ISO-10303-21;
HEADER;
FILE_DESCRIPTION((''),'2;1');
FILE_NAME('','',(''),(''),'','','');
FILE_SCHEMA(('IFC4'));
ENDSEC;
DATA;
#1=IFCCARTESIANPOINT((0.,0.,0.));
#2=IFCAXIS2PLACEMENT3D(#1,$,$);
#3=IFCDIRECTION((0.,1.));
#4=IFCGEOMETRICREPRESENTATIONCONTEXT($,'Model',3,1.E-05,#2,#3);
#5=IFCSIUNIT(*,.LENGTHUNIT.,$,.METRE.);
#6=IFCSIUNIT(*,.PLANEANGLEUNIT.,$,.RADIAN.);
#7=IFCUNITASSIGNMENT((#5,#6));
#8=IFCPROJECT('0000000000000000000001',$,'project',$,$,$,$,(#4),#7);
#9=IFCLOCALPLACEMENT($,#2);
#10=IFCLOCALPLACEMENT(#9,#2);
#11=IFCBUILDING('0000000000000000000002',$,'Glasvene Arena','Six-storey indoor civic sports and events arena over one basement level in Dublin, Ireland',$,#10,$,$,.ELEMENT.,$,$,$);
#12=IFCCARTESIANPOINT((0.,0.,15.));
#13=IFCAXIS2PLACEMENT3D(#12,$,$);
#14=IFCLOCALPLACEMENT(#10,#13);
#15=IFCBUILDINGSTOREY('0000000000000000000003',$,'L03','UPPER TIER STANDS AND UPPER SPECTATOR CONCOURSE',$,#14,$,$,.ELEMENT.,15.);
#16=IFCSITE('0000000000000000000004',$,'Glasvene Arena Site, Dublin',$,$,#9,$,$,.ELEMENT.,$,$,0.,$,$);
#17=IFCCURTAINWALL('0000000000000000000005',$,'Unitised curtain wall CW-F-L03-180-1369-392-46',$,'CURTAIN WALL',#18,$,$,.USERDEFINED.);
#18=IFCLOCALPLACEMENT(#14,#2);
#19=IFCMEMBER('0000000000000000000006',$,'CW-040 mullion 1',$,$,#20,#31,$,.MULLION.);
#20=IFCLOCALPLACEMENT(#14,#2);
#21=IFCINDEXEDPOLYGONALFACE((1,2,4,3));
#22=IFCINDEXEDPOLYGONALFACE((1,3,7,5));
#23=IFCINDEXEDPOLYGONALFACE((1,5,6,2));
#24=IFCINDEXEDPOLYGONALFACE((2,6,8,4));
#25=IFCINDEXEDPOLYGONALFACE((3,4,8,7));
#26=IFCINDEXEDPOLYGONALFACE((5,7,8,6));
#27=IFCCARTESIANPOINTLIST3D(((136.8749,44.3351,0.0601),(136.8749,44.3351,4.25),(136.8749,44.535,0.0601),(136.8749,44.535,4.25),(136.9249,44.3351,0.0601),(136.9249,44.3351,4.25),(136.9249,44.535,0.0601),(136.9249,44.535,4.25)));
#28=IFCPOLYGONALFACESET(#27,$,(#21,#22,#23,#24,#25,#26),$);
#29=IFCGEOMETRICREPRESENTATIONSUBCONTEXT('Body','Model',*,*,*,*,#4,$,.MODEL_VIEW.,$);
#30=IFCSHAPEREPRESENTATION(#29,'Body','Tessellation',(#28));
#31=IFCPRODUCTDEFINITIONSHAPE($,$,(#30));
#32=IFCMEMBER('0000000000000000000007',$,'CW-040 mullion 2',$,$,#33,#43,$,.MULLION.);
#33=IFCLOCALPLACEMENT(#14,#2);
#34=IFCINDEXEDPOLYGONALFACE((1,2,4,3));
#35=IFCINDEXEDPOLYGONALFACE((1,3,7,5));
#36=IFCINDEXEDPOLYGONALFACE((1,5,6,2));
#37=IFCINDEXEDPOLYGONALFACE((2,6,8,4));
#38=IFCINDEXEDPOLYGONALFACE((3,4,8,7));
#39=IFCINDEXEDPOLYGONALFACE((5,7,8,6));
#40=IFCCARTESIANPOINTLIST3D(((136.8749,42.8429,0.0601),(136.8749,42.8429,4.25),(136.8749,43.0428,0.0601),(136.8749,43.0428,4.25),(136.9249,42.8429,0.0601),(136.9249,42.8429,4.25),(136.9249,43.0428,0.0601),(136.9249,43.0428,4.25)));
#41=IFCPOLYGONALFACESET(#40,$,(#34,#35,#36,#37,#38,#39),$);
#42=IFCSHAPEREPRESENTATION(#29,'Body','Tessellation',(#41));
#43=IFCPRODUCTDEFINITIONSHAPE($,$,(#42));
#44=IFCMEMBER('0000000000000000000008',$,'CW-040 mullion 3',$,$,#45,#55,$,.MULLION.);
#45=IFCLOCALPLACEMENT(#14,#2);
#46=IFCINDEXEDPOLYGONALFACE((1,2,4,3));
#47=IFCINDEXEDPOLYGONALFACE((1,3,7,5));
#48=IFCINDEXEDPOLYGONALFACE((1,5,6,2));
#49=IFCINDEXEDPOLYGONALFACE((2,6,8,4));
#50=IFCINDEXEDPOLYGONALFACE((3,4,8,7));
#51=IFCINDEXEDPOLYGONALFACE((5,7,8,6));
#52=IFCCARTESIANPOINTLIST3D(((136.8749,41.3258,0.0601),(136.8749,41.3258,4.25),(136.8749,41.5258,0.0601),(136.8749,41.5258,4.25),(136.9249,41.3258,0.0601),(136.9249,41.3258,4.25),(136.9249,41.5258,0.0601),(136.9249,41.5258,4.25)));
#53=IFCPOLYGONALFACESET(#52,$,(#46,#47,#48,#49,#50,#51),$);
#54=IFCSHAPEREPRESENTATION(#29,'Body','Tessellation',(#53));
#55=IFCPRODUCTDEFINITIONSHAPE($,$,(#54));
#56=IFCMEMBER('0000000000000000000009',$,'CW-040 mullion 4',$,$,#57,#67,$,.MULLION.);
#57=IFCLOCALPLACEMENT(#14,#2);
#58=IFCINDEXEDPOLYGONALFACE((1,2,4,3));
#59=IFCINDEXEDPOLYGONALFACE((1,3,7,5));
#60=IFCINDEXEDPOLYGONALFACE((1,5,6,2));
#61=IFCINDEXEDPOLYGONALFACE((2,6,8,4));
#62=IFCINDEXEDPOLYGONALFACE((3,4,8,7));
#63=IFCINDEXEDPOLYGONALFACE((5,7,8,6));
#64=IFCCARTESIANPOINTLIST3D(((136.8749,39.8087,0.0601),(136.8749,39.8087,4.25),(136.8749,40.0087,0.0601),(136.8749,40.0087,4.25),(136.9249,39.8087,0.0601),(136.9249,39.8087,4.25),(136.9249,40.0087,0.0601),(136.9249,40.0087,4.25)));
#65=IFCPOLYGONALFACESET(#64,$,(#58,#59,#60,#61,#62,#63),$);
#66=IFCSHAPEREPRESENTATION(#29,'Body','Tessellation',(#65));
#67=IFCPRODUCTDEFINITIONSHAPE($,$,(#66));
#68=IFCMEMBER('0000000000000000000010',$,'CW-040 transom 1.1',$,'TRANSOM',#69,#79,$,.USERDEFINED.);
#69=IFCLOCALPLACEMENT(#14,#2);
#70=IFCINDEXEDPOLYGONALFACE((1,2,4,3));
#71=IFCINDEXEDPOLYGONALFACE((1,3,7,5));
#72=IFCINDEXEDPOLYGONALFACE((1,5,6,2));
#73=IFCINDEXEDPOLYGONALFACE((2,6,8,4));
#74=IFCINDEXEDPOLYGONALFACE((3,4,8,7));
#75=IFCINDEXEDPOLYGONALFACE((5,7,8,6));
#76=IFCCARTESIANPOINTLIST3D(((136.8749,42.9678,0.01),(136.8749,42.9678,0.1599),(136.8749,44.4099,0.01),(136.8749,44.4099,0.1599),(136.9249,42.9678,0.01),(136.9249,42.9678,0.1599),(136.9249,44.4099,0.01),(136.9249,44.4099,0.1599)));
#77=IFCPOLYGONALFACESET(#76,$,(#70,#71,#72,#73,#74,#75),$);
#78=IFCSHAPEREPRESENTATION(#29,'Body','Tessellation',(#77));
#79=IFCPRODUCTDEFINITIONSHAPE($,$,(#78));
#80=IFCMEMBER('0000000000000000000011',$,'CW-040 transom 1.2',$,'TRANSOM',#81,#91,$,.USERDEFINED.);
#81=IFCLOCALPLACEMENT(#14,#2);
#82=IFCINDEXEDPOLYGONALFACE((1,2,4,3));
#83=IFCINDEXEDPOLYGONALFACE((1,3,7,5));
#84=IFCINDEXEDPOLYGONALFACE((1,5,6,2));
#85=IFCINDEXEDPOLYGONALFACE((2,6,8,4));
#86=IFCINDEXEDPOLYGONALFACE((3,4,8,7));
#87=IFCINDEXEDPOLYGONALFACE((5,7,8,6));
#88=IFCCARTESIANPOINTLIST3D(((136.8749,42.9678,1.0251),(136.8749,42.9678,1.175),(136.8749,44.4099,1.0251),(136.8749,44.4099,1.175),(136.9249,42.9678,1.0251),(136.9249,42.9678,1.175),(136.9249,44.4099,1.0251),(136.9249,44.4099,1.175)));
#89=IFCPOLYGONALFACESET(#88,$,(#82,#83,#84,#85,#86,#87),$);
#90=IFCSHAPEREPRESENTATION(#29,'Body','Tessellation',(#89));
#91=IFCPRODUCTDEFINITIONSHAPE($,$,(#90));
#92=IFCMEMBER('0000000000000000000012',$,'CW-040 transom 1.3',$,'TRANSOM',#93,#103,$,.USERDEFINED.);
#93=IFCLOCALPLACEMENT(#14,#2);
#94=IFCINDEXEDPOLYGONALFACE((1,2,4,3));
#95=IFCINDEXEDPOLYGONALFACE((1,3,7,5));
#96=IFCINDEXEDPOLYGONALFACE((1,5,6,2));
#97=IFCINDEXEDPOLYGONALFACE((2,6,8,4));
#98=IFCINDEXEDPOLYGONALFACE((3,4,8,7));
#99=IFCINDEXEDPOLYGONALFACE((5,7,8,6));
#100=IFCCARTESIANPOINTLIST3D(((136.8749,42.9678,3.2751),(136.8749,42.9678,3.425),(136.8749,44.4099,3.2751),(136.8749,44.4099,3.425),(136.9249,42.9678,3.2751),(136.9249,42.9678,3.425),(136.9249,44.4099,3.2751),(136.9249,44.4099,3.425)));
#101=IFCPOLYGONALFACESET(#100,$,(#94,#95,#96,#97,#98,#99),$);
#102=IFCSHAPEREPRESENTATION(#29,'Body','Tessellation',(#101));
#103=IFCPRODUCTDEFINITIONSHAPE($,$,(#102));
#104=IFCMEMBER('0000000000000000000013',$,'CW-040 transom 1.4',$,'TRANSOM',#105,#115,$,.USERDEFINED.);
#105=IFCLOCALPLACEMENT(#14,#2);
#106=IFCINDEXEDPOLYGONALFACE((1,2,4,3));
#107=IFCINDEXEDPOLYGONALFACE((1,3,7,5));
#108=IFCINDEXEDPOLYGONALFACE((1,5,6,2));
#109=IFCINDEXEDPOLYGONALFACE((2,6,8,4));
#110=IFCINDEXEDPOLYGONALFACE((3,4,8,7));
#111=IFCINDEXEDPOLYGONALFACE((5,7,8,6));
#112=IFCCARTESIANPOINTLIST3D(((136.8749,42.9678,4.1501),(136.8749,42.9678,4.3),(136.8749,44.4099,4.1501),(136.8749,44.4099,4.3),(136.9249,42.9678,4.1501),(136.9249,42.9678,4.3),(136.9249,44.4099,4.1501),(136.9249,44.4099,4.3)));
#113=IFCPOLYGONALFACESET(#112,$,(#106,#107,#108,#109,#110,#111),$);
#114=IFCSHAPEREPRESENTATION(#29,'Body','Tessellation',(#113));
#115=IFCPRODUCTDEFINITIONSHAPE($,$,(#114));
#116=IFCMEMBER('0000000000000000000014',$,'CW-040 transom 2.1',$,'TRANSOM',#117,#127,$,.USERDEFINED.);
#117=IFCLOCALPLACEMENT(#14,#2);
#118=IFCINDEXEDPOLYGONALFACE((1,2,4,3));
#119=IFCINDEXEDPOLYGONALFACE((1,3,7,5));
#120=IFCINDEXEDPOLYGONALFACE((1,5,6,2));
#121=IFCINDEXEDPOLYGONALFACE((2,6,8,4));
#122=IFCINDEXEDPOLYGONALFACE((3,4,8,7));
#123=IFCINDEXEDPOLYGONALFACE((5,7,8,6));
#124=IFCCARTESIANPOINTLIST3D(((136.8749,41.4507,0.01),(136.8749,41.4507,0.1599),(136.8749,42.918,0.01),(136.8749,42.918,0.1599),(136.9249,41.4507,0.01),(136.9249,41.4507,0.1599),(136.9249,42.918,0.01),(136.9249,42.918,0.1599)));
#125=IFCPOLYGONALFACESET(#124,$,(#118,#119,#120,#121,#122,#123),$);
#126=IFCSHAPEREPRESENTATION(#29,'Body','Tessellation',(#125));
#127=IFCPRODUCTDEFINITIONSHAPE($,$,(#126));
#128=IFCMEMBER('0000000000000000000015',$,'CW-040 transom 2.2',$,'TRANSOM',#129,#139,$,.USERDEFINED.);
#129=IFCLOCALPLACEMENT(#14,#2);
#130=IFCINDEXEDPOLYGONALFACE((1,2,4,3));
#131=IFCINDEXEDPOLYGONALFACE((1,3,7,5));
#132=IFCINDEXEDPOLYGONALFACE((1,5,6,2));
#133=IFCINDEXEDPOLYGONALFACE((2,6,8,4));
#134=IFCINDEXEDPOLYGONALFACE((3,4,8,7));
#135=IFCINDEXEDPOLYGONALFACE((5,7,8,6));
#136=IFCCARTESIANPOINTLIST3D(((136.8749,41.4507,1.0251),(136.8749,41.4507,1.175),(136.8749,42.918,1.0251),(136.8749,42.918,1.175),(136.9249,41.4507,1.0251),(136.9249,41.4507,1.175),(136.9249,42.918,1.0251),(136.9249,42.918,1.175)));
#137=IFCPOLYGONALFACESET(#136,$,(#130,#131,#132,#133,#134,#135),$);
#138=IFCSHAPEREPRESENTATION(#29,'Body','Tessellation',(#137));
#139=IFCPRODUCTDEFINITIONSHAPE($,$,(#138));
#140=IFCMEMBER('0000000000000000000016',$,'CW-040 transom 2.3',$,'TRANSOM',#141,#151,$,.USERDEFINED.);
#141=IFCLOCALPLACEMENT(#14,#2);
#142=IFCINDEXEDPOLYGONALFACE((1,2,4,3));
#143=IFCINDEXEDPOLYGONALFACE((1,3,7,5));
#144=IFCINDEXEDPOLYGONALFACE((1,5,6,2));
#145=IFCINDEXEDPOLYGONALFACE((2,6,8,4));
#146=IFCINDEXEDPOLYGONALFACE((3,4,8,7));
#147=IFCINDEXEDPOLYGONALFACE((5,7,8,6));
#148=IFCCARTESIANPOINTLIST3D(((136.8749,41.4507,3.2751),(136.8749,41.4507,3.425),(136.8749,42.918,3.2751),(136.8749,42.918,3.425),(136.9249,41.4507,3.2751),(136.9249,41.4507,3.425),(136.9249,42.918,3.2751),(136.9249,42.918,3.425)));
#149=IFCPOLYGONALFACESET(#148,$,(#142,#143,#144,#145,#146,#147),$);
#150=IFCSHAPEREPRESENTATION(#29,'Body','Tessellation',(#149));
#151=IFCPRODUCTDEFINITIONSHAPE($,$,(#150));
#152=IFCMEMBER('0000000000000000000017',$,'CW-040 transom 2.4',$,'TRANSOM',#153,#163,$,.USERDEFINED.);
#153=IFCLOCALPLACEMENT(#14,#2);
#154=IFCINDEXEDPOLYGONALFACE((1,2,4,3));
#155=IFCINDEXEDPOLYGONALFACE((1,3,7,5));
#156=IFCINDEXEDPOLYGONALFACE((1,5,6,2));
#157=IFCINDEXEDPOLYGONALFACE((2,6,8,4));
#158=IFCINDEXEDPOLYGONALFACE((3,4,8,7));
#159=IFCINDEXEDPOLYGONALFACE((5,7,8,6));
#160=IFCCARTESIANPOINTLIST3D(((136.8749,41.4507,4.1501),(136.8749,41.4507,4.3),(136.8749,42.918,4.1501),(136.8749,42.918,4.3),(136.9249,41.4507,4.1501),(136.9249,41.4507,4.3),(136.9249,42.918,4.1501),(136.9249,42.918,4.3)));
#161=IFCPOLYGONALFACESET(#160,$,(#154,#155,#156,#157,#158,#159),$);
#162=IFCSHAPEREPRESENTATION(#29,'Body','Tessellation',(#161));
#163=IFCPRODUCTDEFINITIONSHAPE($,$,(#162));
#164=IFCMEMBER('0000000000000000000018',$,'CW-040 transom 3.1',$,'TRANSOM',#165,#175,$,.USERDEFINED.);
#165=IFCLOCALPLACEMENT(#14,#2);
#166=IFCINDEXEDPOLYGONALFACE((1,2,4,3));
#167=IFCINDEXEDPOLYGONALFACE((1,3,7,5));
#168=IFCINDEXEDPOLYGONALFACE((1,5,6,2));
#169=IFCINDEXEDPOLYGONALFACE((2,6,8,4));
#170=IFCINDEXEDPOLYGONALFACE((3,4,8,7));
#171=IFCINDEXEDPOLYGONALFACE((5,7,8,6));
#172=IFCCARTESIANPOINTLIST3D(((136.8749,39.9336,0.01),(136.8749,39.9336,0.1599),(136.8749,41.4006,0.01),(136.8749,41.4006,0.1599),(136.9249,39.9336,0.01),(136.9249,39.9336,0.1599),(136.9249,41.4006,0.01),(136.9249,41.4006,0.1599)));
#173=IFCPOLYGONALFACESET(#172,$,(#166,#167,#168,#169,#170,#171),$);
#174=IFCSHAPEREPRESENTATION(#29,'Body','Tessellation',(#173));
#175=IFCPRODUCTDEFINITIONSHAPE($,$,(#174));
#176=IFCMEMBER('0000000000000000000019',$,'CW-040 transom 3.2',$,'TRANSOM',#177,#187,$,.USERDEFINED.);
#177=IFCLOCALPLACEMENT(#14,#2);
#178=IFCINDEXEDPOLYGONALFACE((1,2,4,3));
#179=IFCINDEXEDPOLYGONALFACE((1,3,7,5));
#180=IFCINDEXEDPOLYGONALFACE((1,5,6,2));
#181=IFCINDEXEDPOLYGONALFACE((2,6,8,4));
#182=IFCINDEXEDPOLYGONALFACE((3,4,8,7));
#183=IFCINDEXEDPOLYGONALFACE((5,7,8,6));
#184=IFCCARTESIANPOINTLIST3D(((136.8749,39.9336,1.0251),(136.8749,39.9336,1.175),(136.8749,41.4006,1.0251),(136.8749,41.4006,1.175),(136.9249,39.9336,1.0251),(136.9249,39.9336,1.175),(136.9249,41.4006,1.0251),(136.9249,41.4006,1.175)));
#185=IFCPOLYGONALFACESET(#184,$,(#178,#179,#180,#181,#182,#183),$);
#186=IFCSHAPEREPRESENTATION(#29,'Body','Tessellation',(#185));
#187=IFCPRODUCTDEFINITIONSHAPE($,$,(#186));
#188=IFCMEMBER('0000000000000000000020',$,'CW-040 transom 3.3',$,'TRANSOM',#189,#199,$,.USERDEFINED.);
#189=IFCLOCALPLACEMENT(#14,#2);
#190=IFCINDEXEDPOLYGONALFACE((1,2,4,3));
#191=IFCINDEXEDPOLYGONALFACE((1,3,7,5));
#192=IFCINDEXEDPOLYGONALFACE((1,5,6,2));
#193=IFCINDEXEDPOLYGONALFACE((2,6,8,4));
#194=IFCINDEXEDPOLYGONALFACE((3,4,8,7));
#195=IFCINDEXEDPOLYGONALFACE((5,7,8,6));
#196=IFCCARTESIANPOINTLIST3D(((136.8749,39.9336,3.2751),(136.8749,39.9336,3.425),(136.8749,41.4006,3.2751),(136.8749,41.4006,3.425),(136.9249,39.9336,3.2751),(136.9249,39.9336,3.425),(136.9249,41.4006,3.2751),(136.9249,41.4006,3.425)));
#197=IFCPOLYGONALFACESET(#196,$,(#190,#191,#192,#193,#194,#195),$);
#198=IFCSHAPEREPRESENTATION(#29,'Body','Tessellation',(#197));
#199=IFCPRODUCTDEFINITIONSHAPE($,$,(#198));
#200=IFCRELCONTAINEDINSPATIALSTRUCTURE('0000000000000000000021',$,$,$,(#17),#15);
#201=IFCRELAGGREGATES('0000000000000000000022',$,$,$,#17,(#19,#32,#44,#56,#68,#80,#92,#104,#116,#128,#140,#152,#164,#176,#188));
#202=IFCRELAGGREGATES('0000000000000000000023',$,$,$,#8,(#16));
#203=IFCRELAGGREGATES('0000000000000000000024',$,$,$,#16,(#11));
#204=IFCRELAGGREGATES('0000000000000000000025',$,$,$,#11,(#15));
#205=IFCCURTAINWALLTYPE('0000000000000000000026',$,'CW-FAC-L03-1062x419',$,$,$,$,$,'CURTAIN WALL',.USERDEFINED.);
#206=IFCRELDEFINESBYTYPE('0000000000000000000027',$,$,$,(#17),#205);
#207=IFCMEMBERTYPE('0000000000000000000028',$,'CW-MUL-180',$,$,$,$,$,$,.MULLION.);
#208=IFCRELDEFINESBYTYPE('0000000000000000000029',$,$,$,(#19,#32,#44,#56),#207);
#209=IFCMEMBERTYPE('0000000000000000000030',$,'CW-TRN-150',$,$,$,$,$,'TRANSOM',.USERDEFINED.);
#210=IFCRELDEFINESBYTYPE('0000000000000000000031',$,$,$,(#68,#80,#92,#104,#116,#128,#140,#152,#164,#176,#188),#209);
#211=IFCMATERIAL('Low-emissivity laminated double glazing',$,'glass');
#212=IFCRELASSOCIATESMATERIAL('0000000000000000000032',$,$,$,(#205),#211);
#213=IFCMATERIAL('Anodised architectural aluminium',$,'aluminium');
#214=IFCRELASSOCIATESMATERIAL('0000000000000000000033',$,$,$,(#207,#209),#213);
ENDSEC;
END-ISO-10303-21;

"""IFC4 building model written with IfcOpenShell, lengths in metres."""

from ifc_helpers import new_model, si_unit, direction, frame, origin, origin_2d, place, context, subcontext, project, spatial, rectangle, extrude, material, material_profile, profile_set, type_object, element, aggregate, save


model = new_model("IFC4")

# Units and contexts
model_context = context("Model", 3, precision=1e-05, world=origin(), true_north=direction((0.0, 1.0)))
body_context = subcontext(model_context, "Body", "Model", "MODEL_VIEW")
ifc_project = project(units=[si_unit("LENGTHUNIT", "METRE"), si_unit("PLANEANGLEUNIT", "RADIAN")], contexts=[model_context])

# Site, building, storey
site_placement = place(None, origin())
site = spatial("IfcSite", under=ifc_project, at=site_placement, Name="Glasvene Arena Site, Dublin", CompositionType="ELEMENT", RefElevation=0.0)
building_placement = place(site_placement, origin())
building = spatial("IfcBuilding", under=site, at=building_placement, Name="Glasvene Arena", Description="Six-storey indoor civic sports and events arena over one basement level in Dublin, Ireland", CompositionType="ELEMENT")
storey_placement = place(building_placement, frame((0.0, 0.0, 15.0)))
storey = spatial("IfcBuildingStorey", under=building, at=storey_placement, Name="L03", Description="UPPER TIER STANDS AND UPPER SPECTATOR CONCOURSE", CompositionType="ELEMENT", Elevation=15.0)

# Curtain wall, members
ifc_material_1 = material(Name="Low-emissivity laminated double glazing", Category="glass")
curtain_wall_type = type_object("IfcCurtainWallType", Name="CW-FAC-L03-1062x419", ElementType="CURTAIN WALL", PredefinedType="USERDEFINED", material=ifc_material_1)
curtain_wall_placement = place(storey_placement, frame((136.8999, 44.46, 0.0)))
curtain_wall = element("IfcCurtainWall", 1, at=curtain_wall_placement, inside=storey, type_object=curtain_wall_type, Name="Unitised curtain wall CW-F-L03-180-1369-392-46", ObjectType="CURTAIN WALL", PredefinedType="USERDEFINED")
ifc_material_2 = material(Name="Anodised architectural aluminium", Category="aluminium")
ifc_material_profile_1 = material_profile(ifc_material_2, rectangle(XDim=0.05, YDim=0.2, at=origin_2d()), Name="ALU MULLION 50x200")
ifc_profile_set_1 = profile_set([ifc_material_profile_1], Name="Anodised architectural aluminium")
member_type_1 = type_object("IfcMemberType", Name="CW-MUL-180", PredefinedType="MULLION", material=ifc_profile_set_1)
member_1_placement = place(storey_placement, frame((136.8999, 44.4351, 0.0601), z_axis=(0.0, 0.0, 1.0), x_axis=(1.0, 0.0, 0.0)))
member_1 = element("IfcMember", 2, at=member_1_placement, type_object=member_type_1, Name="CW-040 mullion 1", PredefinedType="MULLION", context=body_context, shape_type="SweptSolid", body=[
    extrude(rectangle(XDim=0.05, YDim=0.2, at=origin_2d()), origin(), (0.0, 0.0, 1.0), 4.1899),
])
member_2_placement = place(storey_placement, frame((136.8999, 42.9429, 0.0601), z_axis=(0.0, 0.0, 1.0), x_axis=(1.0, 0.0, 0.0)))
member_2 = element("IfcMember", 3, at=member_2_placement, type_object=member_type_1, Name="CW-040 mullion 2", PredefinedType="MULLION", context=body_context, shape_type="SweptSolid", body=[
    extrude(rectangle(XDim=0.05, YDim=0.2, at=origin_2d()), origin(), (0.0, 0.0, 1.0), 4.1899),
])
member_3_placement = place(storey_placement, frame((136.8999, 41.4258, 0.0601), z_axis=(0.0, 0.0, 1.0), x_axis=(1.0, 0.0, 0.0)))
member_3 = element("IfcMember", 4, at=member_3_placement, type_object=member_type_1, Name="CW-040 mullion 3", PredefinedType="MULLION", context=body_context, shape_type="SweptSolid", body=[
    extrude(rectangle(XDim=0.05, YDim=0.2, at=origin_2d()), origin(), (0.0, 0.0, 1.0), 4.1899),
])
member_4_placement = place(storey_placement, frame((136.8999, 39.9087, 0.0601), z_axis=(0.0, 0.0, 1.0), x_axis=(1.0, 0.0, 0.0)))
member_4 = element("IfcMember", 5, at=member_4_placement, type_object=member_type_1, Name="CW-040 mullion 4", PredefinedType="MULLION", context=body_context, shape_type="SweptSolid", body=[
    extrude(rectangle(XDim=0.05, YDim=0.2, at=origin_2d()), origin(), (0.0, 0.0, 1.0), 4.1899),
])
ifc_material_profile_2 = material_profile(ifc_material_2, rectangle(XDim=0.05, YDim=0.1499, at=origin_2d()), Name="ALU TRANSOM 50x150")
ifc_profile_set_2 = profile_set([ifc_material_profile_2], Name="Anodised architectural aluminium")
member_type_2 = type_object("IfcMemberType", Name="CW-TRN-150", ElementType="TRANSOM", PredefinedType="USERDEFINED", material=ifc_profile_set_2)
member_5_placement = place(storey_placement, frame((136.8999, 44.4099, 0.085), z_axis=(0.0, -1.0, 0.0), x_axis=(1.0, 0.0, 0.0)))
member_5 = element("IfcMember", 6, at=member_5_placement, type_object=member_type_2, Name="CW-040 transom 1.1", ObjectType="TRANSOM", PredefinedType="USERDEFINED", context=body_context, shape_type="SweptSolid", body=[
    extrude(rectangle(XDim=0.05, YDim=0.1499, at=origin_2d()), origin(), (0.0, 0.0, 1.0), 1.4421),
])
member_6_placement = place(storey_placement, frame((136.8999, 44.4099, 1.1001), z_axis=(0.0, -1.0, 0.0), x_axis=(1.0, 0.0, 0.0)))
member_6 = element("IfcMember", 7, at=member_6_placement, type_object=member_type_2, Name="CW-040 transom 1.2", ObjectType="TRANSOM", PredefinedType="USERDEFINED", context=body_context, shape_type="SweptSolid", body=[
    extrude(rectangle(XDim=0.05, YDim=0.1499, at=origin_2d()), origin(), (0.0, 0.0, 1.0), 1.4421),
])
member_7_placement = place(storey_placement, frame((136.8999, 44.4099, 3.3501), z_axis=(0.0, -1.0, 0.0), x_axis=(1.0, 0.0, 0.0)))
member_7 = element("IfcMember", 8, at=member_7_placement, type_object=member_type_2, Name="CW-040 transom 1.3", ObjectType="TRANSOM", PredefinedType="USERDEFINED", context=body_context, shape_type="SweptSolid", body=[
    extrude(rectangle(XDim=0.05, YDim=0.1499, at=origin_2d()), origin(), (0.0, 0.0, 1.0), 1.4421),
])
member_8_placement = place(storey_placement, frame((136.8999, 44.4099, 4.2251), z_axis=(0.0, -1.0, 0.0), x_axis=(1.0, 0.0, 0.0)))
member_8 = element("IfcMember", 9, at=member_8_placement, type_object=member_type_2, Name="CW-040 transom 1.4", ObjectType="TRANSOM", PredefinedType="USERDEFINED", context=body_context, shape_type="SweptSolid", body=[
    extrude(rectangle(XDim=0.05, YDim=0.1499, at=origin_2d()), origin(), (0.0, 0.0, 1.0), 1.4421),
])
member_9_placement = place(storey_placement, frame((136.8999, 42.918, 0.085), z_axis=(0.0, -1.0, 0.0), x_axis=(1.0, 0.0, 0.0)))
member_9 = element("IfcMember", 10, at=member_9_placement, type_object=member_type_2, Name="CW-040 transom 2.1", ObjectType="TRANSOM", PredefinedType="USERDEFINED", context=body_context, shape_type="SweptSolid", body=[
    extrude(rectangle(XDim=0.05, YDim=0.1499, at=origin_2d()), origin(), (0.0, 0.0, 1.0), 1.4673),
])
member_10_placement = place(storey_placement, frame((136.8999, 42.918, 1.1001), z_axis=(0.0, -1.0, 0.0), x_axis=(1.0, 0.0, 0.0)))
member_10 = element("IfcMember", 11, at=member_10_placement, type_object=member_type_2, Name="CW-040 transom 2.2", ObjectType="TRANSOM", PredefinedType="USERDEFINED", context=body_context, shape_type="SweptSolid", body=[
    extrude(rectangle(XDim=0.05, YDim=0.1499, at=origin_2d()), origin(), (0.0, 0.0, 1.0), 1.4673),
])
member_11_placement = place(storey_placement, frame((136.8999, 42.918, 3.3501), z_axis=(0.0, -1.0, 0.0), x_axis=(1.0, 0.0, 0.0)))
member_11 = element("IfcMember", 12, at=member_11_placement, type_object=member_type_2, Name="CW-040 transom 2.3", ObjectType="TRANSOM", PredefinedType="USERDEFINED", context=body_context, shape_type="SweptSolid", body=[
    extrude(rectangle(XDim=0.05, YDim=0.1499, at=origin_2d()), origin(), (0.0, 0.0, 1.0), 1.4673),
])
member_12_placement = place(storey_placement, frame((136.8999, 42.918, 4.2251), z_axis=(0.0, -1.0, 0.0), x_axis=(1.0, 0.0, 0.0)))
member_12 = element("IfcMember", 13, at=member_12_placement, type_object=member_type_2, Name="CW-040 transom 2.4", ObjectType="TRANSOM", PredefinedType="USERDEFINED", context=body_context, shape_type="SweptSolid", body=[
    extrude(rectangle(XDim=0.05, YDim=0.1499, at=origin_2d()), origin(), (0.0, 0.0, 1.0), 1.4673),
])
member_13_placement = place(storey_placement, frame((136.8999, 41.4006, 0.085), z_axis=(0.0, -1.0, 0.0), x_axis=(1.0, 0.0, 0.0)))
member_13 = element("IfcMember", 14, at=member_13_placement, type_object=member_type_2, Name="CW-040 transom 3.1", ObjectType="TRANSOM", PredefinedType="USERDEFINED", context=body_context, shape_type="SweptSolid", body=[
    extrude(rectangle(XDim=0.05, YDim=0.1499, at=origin_2d()), origin(), (0.0, 0.0, 1.0), 1.467),
])
member_14_placement = place(storey_placement, frame((136.8999, 41.4006, 1.1001), z_axis=(0.0, -1.0, 0.0), x_axis=(1.0, 0.0, 0.0)))
member_14 = element("IfcMember", 15, at=member_14_placement, type_object=member_type_2, Name="CW-040 transom 3.2", ObjectType="TRANSOM", PredefinedType="USERDEFINED", context=body_context, shape_type="SweptSolid", body=[
    extrude(rectangle(XDim=0.05, YDim=0.1499, at=origin_2d()), origin(), (0.0, 0.0, 1.0), 1.467),
])
member_15_placement = place(storey_placement, frame((136.8999, 41.4006, 3.3501), z_axis=(0.0, -1.0, 0.0), x_axis=(1.0, 0.0, 0.0)))
member_15 = element("IfcMember", 16, at=member_15_placement, type_object=member_type_2, Name="CW-040 transom 3.3", ObjectType="TRANSOM", PredefinedType="USERDEFINED", context=body_context, shape_type="SweptSolid", body=[
    extrude(rectangle(XDim=0.05, YDim=0.1499, at=origin_2d()), origin(), (0.0, 0.0, 1.0), 1.467),
])
aggregate(curtain_wall, [member_1, member_2, member_3, member_4, member_5, member_6, member_7, member_8, member_9, member_10, member_11, member_12, member_13, member_14, member_15])

save(model, "model.ifc")
